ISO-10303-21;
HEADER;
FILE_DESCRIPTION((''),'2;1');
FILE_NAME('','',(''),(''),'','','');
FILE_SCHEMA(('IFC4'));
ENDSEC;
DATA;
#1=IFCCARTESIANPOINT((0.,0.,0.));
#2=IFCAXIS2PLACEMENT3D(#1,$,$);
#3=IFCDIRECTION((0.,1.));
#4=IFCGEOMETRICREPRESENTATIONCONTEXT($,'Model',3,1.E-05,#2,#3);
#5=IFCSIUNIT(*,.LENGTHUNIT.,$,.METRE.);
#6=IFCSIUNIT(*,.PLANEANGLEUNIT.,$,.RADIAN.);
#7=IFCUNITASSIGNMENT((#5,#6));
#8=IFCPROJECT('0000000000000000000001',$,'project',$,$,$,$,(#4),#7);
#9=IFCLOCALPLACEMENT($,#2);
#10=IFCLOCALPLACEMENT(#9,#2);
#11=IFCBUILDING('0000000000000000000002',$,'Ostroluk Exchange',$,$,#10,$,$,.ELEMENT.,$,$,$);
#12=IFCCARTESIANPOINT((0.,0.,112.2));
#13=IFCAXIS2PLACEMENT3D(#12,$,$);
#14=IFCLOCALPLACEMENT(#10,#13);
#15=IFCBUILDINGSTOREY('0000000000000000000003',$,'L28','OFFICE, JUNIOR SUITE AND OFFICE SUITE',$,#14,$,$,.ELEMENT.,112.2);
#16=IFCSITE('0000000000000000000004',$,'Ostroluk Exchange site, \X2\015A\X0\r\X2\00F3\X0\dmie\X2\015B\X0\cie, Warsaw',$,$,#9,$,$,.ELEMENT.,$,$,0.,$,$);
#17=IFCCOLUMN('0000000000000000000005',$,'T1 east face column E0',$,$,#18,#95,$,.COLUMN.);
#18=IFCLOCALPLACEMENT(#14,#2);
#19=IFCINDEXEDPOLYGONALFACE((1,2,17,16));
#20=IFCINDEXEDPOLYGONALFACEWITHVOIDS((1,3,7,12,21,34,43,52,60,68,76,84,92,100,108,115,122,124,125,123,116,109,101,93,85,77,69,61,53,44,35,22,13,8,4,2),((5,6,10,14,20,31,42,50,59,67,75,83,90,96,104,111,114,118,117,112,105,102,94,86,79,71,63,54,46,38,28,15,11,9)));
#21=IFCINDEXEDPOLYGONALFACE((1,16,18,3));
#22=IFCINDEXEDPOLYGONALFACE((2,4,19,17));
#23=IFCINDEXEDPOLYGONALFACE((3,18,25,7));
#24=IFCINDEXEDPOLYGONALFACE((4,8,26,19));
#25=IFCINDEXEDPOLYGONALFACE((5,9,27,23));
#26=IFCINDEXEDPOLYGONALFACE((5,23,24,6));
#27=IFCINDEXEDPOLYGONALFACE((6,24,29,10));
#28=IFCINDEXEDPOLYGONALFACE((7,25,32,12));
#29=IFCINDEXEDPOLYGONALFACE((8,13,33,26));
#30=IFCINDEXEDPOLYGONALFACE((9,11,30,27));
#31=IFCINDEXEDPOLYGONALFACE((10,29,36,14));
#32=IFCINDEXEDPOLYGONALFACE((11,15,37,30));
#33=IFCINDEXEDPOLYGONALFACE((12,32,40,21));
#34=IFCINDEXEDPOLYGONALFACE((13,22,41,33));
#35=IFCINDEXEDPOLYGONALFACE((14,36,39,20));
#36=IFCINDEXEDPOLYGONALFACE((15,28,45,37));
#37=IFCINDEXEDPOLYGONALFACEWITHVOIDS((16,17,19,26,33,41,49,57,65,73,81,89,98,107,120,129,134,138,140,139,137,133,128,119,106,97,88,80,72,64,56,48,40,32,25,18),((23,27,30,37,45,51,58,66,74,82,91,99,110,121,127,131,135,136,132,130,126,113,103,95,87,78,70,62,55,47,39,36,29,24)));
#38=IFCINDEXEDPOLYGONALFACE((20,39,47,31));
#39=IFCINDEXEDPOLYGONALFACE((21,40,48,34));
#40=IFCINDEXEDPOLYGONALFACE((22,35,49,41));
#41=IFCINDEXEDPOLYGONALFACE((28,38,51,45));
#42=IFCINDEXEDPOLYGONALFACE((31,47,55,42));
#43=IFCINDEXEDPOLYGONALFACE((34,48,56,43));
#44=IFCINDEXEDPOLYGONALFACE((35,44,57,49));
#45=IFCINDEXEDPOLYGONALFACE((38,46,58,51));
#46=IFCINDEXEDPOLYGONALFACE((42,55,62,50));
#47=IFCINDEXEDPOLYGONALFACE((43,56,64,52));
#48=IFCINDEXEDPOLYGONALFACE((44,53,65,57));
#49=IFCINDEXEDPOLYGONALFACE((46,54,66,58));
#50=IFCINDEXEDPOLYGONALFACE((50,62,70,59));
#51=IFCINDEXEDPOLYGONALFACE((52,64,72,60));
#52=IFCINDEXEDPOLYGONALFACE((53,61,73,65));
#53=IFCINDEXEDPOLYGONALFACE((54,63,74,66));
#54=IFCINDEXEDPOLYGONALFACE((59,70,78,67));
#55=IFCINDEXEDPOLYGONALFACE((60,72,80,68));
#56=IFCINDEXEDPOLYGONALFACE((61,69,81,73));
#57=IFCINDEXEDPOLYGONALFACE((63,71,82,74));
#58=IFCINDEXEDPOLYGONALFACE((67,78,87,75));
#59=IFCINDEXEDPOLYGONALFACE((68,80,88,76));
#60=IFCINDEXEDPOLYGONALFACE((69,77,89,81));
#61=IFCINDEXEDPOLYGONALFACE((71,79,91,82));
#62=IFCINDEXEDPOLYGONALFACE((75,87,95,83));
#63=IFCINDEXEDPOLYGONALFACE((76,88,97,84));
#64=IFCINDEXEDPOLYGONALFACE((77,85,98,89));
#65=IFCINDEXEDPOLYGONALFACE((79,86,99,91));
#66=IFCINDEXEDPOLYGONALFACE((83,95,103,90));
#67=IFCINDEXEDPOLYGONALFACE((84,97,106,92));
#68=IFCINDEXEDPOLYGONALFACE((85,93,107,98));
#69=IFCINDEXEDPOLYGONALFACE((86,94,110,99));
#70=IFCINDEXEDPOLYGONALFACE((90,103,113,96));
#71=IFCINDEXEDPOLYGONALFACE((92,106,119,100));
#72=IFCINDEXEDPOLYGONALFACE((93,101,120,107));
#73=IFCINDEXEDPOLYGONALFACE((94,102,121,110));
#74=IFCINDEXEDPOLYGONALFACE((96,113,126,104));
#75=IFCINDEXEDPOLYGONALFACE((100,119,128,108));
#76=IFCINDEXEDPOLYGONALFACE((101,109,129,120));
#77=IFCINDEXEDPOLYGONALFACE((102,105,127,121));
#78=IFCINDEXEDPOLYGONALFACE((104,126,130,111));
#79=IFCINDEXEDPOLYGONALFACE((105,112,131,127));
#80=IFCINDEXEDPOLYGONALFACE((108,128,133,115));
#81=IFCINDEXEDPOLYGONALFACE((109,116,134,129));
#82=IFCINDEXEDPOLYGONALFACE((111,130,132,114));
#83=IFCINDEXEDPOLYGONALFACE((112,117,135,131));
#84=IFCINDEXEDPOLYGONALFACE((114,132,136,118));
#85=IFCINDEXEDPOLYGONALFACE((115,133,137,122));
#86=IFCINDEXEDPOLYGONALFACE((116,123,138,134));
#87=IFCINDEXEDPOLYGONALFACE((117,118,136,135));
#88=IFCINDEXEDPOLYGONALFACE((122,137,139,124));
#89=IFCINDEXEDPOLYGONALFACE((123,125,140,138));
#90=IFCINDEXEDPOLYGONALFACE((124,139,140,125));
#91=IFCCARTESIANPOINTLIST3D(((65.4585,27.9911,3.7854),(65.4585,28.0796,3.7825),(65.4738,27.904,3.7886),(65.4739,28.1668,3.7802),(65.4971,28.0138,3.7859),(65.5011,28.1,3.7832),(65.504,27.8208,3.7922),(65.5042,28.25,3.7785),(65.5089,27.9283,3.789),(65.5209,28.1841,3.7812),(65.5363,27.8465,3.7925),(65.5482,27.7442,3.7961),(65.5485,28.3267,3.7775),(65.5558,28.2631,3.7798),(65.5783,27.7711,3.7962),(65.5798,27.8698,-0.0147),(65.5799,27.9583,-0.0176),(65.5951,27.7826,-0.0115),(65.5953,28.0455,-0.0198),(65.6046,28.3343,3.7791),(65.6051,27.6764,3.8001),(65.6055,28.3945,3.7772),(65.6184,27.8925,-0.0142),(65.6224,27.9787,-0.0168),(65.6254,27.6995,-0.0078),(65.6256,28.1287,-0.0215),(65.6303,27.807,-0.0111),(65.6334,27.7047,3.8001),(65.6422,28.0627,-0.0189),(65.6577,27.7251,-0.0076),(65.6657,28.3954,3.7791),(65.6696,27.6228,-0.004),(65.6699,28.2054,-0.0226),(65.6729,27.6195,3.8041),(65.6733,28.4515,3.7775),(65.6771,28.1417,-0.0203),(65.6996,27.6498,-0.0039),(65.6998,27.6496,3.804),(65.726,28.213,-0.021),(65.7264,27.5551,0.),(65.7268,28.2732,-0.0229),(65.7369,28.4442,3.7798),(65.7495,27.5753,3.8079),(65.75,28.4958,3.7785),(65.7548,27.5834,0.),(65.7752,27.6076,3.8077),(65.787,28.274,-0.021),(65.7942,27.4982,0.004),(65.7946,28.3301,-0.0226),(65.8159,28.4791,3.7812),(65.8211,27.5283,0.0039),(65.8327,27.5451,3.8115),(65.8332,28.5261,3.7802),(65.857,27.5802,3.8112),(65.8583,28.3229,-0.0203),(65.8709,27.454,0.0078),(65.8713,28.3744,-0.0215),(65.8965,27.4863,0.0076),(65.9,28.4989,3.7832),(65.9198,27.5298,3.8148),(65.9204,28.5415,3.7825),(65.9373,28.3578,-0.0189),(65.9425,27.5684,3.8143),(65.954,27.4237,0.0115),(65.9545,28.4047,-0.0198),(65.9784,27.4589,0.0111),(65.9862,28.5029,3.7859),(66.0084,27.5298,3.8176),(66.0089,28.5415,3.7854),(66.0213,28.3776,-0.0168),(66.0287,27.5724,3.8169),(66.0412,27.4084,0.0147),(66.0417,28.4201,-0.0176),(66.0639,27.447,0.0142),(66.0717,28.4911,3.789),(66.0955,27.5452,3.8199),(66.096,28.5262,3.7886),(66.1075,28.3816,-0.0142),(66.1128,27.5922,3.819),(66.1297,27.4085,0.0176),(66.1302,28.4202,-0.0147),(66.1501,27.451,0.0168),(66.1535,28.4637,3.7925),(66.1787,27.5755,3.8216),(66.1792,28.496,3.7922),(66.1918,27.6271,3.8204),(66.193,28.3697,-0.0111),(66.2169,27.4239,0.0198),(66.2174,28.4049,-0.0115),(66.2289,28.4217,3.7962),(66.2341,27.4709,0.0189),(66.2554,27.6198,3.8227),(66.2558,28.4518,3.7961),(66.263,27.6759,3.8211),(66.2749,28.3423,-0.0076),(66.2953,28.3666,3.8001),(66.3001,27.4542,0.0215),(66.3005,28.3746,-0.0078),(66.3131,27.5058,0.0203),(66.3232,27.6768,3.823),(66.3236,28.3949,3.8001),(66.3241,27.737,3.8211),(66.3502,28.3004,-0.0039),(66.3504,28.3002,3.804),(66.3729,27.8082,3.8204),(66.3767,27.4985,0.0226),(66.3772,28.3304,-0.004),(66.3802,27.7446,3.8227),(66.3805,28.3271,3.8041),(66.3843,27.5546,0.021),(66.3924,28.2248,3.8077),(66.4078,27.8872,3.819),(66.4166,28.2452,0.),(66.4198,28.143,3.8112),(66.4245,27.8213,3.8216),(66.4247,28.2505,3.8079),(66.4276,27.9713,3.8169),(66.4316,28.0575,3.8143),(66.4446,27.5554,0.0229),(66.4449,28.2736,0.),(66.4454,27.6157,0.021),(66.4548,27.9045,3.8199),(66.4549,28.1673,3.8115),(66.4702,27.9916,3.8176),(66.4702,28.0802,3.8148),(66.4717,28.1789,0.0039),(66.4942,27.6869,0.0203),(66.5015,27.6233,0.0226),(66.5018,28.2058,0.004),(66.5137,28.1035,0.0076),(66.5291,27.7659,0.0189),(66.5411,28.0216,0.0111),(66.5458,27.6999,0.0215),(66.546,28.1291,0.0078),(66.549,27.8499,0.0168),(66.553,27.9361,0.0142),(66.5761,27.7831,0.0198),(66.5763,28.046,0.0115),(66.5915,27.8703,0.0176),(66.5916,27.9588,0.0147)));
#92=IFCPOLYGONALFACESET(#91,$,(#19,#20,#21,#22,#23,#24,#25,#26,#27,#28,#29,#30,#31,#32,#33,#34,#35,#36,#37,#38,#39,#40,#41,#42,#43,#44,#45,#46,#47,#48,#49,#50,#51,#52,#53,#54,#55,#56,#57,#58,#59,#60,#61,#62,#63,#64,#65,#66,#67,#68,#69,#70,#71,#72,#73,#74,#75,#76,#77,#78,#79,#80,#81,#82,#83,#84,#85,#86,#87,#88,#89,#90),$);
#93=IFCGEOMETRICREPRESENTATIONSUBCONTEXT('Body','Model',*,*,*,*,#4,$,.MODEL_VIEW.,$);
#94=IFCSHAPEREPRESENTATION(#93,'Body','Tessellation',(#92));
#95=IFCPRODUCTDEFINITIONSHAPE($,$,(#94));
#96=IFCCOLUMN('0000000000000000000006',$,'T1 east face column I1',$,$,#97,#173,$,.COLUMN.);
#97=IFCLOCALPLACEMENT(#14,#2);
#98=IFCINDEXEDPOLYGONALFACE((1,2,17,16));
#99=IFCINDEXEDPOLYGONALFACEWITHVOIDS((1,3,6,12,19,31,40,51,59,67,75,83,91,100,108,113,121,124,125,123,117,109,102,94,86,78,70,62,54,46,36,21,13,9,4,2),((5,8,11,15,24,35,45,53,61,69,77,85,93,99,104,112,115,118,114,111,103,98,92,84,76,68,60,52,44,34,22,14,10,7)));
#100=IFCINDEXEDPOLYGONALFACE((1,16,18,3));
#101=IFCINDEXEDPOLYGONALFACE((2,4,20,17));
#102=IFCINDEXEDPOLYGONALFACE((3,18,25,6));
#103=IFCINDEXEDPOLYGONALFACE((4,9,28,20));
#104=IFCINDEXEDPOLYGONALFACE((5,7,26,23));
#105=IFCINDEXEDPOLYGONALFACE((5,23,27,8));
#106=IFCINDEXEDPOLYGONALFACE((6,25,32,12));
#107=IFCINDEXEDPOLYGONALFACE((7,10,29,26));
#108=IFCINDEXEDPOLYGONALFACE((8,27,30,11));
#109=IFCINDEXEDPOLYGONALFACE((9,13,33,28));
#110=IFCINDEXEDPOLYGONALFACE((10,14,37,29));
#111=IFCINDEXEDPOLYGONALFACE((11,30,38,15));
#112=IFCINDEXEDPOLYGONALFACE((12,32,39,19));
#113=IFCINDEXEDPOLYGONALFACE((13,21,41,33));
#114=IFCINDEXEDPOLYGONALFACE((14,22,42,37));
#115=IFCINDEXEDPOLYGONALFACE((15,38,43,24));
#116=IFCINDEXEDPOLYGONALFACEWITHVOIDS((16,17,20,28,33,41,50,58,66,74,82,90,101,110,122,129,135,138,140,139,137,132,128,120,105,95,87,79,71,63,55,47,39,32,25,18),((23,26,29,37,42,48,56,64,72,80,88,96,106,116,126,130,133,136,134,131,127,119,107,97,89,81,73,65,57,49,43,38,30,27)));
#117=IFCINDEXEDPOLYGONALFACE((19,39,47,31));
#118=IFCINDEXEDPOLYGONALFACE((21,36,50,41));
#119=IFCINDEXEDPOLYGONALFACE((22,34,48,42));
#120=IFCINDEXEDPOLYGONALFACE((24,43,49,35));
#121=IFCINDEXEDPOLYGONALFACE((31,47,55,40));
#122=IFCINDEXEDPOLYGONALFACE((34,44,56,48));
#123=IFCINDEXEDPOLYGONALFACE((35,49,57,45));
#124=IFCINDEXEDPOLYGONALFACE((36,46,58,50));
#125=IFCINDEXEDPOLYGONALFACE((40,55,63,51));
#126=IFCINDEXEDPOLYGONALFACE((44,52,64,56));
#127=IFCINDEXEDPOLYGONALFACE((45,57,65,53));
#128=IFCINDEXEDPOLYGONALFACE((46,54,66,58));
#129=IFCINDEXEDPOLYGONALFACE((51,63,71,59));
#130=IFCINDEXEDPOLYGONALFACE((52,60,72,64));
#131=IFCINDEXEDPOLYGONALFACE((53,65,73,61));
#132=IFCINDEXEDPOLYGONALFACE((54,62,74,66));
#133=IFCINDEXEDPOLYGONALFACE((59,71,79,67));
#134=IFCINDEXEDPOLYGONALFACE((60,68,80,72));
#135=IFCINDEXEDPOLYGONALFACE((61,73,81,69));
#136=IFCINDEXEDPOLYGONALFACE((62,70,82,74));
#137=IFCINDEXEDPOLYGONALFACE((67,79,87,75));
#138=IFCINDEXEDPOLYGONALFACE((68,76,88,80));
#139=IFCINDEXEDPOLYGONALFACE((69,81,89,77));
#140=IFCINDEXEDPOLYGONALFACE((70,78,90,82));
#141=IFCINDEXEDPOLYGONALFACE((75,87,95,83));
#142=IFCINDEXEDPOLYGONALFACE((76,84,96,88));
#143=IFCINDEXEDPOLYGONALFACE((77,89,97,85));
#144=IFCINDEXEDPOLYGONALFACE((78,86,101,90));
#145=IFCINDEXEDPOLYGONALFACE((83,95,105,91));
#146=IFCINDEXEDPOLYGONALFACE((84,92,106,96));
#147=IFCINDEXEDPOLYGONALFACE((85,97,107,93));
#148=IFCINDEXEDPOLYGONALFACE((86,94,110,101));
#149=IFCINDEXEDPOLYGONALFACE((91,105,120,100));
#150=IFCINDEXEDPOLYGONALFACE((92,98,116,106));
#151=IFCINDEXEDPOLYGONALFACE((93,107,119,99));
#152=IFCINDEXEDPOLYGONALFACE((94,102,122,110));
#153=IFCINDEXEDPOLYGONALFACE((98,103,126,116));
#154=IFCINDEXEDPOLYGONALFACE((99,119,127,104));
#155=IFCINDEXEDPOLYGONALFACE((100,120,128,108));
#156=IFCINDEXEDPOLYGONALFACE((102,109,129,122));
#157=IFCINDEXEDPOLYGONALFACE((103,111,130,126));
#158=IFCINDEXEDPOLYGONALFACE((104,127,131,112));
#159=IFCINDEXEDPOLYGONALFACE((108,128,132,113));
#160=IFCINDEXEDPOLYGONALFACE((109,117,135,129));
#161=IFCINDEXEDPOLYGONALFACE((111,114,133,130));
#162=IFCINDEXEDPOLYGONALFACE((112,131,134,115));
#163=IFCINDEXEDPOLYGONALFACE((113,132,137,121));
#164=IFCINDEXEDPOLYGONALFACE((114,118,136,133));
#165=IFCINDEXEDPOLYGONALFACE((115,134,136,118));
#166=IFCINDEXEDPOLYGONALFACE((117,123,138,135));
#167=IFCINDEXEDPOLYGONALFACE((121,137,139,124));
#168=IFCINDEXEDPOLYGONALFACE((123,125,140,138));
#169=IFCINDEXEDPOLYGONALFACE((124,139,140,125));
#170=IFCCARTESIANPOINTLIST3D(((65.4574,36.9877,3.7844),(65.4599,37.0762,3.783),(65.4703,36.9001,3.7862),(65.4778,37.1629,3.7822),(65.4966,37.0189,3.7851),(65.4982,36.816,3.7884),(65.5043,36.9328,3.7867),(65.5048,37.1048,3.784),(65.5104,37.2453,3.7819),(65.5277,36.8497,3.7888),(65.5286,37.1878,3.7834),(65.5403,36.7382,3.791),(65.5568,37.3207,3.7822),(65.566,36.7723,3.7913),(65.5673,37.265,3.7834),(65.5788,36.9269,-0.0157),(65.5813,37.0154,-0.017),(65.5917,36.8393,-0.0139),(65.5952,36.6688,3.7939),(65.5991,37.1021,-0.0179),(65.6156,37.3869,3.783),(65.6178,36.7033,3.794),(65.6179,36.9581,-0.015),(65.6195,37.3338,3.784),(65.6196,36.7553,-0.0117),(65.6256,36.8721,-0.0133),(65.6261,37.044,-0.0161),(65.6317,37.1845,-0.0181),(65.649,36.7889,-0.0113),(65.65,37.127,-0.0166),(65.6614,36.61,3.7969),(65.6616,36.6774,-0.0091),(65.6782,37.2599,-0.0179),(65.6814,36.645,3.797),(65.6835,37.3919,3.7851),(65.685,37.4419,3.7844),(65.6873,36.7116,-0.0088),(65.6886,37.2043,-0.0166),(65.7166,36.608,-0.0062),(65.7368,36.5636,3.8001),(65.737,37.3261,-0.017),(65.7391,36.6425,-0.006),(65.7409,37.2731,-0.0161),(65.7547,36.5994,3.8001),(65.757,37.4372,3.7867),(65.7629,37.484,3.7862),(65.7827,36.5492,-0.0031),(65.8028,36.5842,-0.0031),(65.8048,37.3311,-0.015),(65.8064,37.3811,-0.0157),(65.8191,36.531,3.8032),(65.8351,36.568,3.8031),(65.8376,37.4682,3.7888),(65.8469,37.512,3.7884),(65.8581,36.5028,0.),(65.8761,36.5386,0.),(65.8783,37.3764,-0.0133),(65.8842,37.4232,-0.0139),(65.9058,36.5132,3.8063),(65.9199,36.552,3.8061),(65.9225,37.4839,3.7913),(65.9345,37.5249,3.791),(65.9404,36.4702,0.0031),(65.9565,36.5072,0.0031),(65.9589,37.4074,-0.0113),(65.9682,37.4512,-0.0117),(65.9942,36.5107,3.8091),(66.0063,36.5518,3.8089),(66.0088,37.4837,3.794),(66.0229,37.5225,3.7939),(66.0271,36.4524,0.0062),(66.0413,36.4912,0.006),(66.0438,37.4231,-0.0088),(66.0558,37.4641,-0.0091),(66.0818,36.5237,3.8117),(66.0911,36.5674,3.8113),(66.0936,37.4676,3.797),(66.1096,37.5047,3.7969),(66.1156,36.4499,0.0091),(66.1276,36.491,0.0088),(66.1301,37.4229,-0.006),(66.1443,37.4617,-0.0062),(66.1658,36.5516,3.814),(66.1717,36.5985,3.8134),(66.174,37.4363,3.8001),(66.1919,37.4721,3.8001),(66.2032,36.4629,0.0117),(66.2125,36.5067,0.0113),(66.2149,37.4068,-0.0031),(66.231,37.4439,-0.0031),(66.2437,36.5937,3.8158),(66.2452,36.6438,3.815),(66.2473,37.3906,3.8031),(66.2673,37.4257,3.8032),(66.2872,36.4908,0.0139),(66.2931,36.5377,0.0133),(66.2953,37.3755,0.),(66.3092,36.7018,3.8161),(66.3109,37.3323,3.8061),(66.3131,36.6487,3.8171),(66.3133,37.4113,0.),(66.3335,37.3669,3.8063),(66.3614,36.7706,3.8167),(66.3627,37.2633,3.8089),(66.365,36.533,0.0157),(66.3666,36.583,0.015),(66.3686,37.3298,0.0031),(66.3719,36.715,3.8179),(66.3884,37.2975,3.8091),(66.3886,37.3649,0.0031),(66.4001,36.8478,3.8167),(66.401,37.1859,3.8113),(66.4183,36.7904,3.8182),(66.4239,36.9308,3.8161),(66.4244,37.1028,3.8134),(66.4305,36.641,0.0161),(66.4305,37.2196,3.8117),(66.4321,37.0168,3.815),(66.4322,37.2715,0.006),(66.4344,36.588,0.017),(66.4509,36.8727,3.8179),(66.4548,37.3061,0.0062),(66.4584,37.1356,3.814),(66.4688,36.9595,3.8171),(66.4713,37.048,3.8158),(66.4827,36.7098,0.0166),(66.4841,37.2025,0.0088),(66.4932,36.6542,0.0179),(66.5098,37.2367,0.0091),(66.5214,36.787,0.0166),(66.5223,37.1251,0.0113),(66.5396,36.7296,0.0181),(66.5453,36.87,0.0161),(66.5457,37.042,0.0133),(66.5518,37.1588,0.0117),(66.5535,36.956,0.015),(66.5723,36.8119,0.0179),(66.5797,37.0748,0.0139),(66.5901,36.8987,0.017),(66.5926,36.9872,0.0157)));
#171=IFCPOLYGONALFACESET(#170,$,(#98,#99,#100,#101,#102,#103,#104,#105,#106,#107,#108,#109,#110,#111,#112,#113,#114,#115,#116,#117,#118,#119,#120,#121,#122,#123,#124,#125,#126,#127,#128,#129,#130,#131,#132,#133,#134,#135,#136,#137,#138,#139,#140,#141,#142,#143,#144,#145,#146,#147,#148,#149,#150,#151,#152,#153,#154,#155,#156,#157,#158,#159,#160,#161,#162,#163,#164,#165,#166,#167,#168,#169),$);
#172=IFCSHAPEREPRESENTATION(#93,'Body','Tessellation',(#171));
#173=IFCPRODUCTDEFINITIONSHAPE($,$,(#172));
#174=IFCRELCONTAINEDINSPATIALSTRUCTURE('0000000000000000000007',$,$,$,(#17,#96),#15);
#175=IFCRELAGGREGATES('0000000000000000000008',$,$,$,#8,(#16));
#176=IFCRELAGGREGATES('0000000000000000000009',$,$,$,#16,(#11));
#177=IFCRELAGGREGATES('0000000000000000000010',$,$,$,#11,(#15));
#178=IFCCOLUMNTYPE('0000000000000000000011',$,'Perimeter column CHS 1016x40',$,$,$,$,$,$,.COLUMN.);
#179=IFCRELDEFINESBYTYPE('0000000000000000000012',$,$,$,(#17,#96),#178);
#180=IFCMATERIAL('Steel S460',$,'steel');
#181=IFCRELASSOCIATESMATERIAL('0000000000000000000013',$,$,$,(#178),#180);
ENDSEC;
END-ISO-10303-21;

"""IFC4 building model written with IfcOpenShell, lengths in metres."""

from ifc_helpers import new_model, si_unit, direction, frame, origin, origin_2d, place, context, subcontext, project, spatial, hollow_circle, extrude, material, material_profile, profile_set, type_object, element, save


model = new_model("IFC4")

# Units and contexts
model_context = context("Model", 3, precision=1e-05, world=origin(), true_north=direction((0.0, 1.0)))
body_context = subcontext(model_context, "Body", "Model", "MODEL_VIEW")
ifc_project = project(units=[si_unit("LENGTHUNIT", "METRE"), si_unit("PLANEANGLEUNIT", "RADIAN")], contexts=[model_context])

# Site, building, storey
site_placement = place(None, origin())
site = spatial("IfcSite", under=ifc_project, at=site_placement, Name="Ostroluk Exchange site, Śródmieście, Warsaw", CompositionType="ELEMENT", RefElevation=0.0)
building_placement = place(site_placement, origin())
building = spatial("IfcBuilding", under=site, at=building_placement, Name="Ostroluk Exchange", CompositionType="ELEMENT")
storey_placement = place(building_placement, frame((0.0, 0.0, 112.2)))
storey = spatial("IfcBuildingStorey", under=building, at=storey_placement, Name="L28", Description="OFFICE, JUNIOR SUITE AND OFFICE SUITE", CompositionType="ELEMENT", Elevation=112.2)

# Columns
ifc_material_1 = material(Name="Steel S460", Category="steel")
ifc_material_profile_1 = material_profile(ifc_material_1, hollow_circle(Radius=0.5081, WallThickness=0.04, at=origin_2d()), Name="CHS 1016x40")
ifc_profile_set_1 = profile_set([ifc_material_profile_1], Name="Steel S460")
column_type_1 = type_object("IfcColumnType", Name="Perimeter column CHS 1016x40", PredefinedType="COLUMN", material=ifc_profile_set_1)
column_1_placement = place(storey_placement, frame((66.0857, 27.9143, 0.0), z_axis=(-0.031898, 0.031898, 0.998982), x_axis=(-0.707107, -0.707107, 0.0)))
element("IfcColumn", 1, at=column_1_placement, inside=storey, type_object=column_type_1, Name="T1 east face column E0", PredefinedType="COLUMN", context=body_context, shape_type="SweptSolid", body=[
    extrude(hollow_circle(Radius=0.5081, WallThickness=0.04, at=origin_2d()), origin(), (0.0, 0.0, 1.0), 3.804),
])
column_2_placement = place(storey_placement, frame((66.0857, 36.957, 0.0), z_axis=(-0.03191, 0.015987, 0.999363), x_axis=(-0.447933, -0.894067, 0.0)))
element("IfcColumn", 2, at=column_2_placement, inside=storey, type_object=column_type_1, Name="T1 east face column I1", PredefinedType="COLUMN", context=body_context, shape_type="SweptSolid", body=[
    extrude(hollow_circle(Radius=0.5081, WallThickness=0.04, at=origin_2d()), origin(), (0.0, 0.0, 1.0), 3.8025),
])

save(model, "model.ifc")
